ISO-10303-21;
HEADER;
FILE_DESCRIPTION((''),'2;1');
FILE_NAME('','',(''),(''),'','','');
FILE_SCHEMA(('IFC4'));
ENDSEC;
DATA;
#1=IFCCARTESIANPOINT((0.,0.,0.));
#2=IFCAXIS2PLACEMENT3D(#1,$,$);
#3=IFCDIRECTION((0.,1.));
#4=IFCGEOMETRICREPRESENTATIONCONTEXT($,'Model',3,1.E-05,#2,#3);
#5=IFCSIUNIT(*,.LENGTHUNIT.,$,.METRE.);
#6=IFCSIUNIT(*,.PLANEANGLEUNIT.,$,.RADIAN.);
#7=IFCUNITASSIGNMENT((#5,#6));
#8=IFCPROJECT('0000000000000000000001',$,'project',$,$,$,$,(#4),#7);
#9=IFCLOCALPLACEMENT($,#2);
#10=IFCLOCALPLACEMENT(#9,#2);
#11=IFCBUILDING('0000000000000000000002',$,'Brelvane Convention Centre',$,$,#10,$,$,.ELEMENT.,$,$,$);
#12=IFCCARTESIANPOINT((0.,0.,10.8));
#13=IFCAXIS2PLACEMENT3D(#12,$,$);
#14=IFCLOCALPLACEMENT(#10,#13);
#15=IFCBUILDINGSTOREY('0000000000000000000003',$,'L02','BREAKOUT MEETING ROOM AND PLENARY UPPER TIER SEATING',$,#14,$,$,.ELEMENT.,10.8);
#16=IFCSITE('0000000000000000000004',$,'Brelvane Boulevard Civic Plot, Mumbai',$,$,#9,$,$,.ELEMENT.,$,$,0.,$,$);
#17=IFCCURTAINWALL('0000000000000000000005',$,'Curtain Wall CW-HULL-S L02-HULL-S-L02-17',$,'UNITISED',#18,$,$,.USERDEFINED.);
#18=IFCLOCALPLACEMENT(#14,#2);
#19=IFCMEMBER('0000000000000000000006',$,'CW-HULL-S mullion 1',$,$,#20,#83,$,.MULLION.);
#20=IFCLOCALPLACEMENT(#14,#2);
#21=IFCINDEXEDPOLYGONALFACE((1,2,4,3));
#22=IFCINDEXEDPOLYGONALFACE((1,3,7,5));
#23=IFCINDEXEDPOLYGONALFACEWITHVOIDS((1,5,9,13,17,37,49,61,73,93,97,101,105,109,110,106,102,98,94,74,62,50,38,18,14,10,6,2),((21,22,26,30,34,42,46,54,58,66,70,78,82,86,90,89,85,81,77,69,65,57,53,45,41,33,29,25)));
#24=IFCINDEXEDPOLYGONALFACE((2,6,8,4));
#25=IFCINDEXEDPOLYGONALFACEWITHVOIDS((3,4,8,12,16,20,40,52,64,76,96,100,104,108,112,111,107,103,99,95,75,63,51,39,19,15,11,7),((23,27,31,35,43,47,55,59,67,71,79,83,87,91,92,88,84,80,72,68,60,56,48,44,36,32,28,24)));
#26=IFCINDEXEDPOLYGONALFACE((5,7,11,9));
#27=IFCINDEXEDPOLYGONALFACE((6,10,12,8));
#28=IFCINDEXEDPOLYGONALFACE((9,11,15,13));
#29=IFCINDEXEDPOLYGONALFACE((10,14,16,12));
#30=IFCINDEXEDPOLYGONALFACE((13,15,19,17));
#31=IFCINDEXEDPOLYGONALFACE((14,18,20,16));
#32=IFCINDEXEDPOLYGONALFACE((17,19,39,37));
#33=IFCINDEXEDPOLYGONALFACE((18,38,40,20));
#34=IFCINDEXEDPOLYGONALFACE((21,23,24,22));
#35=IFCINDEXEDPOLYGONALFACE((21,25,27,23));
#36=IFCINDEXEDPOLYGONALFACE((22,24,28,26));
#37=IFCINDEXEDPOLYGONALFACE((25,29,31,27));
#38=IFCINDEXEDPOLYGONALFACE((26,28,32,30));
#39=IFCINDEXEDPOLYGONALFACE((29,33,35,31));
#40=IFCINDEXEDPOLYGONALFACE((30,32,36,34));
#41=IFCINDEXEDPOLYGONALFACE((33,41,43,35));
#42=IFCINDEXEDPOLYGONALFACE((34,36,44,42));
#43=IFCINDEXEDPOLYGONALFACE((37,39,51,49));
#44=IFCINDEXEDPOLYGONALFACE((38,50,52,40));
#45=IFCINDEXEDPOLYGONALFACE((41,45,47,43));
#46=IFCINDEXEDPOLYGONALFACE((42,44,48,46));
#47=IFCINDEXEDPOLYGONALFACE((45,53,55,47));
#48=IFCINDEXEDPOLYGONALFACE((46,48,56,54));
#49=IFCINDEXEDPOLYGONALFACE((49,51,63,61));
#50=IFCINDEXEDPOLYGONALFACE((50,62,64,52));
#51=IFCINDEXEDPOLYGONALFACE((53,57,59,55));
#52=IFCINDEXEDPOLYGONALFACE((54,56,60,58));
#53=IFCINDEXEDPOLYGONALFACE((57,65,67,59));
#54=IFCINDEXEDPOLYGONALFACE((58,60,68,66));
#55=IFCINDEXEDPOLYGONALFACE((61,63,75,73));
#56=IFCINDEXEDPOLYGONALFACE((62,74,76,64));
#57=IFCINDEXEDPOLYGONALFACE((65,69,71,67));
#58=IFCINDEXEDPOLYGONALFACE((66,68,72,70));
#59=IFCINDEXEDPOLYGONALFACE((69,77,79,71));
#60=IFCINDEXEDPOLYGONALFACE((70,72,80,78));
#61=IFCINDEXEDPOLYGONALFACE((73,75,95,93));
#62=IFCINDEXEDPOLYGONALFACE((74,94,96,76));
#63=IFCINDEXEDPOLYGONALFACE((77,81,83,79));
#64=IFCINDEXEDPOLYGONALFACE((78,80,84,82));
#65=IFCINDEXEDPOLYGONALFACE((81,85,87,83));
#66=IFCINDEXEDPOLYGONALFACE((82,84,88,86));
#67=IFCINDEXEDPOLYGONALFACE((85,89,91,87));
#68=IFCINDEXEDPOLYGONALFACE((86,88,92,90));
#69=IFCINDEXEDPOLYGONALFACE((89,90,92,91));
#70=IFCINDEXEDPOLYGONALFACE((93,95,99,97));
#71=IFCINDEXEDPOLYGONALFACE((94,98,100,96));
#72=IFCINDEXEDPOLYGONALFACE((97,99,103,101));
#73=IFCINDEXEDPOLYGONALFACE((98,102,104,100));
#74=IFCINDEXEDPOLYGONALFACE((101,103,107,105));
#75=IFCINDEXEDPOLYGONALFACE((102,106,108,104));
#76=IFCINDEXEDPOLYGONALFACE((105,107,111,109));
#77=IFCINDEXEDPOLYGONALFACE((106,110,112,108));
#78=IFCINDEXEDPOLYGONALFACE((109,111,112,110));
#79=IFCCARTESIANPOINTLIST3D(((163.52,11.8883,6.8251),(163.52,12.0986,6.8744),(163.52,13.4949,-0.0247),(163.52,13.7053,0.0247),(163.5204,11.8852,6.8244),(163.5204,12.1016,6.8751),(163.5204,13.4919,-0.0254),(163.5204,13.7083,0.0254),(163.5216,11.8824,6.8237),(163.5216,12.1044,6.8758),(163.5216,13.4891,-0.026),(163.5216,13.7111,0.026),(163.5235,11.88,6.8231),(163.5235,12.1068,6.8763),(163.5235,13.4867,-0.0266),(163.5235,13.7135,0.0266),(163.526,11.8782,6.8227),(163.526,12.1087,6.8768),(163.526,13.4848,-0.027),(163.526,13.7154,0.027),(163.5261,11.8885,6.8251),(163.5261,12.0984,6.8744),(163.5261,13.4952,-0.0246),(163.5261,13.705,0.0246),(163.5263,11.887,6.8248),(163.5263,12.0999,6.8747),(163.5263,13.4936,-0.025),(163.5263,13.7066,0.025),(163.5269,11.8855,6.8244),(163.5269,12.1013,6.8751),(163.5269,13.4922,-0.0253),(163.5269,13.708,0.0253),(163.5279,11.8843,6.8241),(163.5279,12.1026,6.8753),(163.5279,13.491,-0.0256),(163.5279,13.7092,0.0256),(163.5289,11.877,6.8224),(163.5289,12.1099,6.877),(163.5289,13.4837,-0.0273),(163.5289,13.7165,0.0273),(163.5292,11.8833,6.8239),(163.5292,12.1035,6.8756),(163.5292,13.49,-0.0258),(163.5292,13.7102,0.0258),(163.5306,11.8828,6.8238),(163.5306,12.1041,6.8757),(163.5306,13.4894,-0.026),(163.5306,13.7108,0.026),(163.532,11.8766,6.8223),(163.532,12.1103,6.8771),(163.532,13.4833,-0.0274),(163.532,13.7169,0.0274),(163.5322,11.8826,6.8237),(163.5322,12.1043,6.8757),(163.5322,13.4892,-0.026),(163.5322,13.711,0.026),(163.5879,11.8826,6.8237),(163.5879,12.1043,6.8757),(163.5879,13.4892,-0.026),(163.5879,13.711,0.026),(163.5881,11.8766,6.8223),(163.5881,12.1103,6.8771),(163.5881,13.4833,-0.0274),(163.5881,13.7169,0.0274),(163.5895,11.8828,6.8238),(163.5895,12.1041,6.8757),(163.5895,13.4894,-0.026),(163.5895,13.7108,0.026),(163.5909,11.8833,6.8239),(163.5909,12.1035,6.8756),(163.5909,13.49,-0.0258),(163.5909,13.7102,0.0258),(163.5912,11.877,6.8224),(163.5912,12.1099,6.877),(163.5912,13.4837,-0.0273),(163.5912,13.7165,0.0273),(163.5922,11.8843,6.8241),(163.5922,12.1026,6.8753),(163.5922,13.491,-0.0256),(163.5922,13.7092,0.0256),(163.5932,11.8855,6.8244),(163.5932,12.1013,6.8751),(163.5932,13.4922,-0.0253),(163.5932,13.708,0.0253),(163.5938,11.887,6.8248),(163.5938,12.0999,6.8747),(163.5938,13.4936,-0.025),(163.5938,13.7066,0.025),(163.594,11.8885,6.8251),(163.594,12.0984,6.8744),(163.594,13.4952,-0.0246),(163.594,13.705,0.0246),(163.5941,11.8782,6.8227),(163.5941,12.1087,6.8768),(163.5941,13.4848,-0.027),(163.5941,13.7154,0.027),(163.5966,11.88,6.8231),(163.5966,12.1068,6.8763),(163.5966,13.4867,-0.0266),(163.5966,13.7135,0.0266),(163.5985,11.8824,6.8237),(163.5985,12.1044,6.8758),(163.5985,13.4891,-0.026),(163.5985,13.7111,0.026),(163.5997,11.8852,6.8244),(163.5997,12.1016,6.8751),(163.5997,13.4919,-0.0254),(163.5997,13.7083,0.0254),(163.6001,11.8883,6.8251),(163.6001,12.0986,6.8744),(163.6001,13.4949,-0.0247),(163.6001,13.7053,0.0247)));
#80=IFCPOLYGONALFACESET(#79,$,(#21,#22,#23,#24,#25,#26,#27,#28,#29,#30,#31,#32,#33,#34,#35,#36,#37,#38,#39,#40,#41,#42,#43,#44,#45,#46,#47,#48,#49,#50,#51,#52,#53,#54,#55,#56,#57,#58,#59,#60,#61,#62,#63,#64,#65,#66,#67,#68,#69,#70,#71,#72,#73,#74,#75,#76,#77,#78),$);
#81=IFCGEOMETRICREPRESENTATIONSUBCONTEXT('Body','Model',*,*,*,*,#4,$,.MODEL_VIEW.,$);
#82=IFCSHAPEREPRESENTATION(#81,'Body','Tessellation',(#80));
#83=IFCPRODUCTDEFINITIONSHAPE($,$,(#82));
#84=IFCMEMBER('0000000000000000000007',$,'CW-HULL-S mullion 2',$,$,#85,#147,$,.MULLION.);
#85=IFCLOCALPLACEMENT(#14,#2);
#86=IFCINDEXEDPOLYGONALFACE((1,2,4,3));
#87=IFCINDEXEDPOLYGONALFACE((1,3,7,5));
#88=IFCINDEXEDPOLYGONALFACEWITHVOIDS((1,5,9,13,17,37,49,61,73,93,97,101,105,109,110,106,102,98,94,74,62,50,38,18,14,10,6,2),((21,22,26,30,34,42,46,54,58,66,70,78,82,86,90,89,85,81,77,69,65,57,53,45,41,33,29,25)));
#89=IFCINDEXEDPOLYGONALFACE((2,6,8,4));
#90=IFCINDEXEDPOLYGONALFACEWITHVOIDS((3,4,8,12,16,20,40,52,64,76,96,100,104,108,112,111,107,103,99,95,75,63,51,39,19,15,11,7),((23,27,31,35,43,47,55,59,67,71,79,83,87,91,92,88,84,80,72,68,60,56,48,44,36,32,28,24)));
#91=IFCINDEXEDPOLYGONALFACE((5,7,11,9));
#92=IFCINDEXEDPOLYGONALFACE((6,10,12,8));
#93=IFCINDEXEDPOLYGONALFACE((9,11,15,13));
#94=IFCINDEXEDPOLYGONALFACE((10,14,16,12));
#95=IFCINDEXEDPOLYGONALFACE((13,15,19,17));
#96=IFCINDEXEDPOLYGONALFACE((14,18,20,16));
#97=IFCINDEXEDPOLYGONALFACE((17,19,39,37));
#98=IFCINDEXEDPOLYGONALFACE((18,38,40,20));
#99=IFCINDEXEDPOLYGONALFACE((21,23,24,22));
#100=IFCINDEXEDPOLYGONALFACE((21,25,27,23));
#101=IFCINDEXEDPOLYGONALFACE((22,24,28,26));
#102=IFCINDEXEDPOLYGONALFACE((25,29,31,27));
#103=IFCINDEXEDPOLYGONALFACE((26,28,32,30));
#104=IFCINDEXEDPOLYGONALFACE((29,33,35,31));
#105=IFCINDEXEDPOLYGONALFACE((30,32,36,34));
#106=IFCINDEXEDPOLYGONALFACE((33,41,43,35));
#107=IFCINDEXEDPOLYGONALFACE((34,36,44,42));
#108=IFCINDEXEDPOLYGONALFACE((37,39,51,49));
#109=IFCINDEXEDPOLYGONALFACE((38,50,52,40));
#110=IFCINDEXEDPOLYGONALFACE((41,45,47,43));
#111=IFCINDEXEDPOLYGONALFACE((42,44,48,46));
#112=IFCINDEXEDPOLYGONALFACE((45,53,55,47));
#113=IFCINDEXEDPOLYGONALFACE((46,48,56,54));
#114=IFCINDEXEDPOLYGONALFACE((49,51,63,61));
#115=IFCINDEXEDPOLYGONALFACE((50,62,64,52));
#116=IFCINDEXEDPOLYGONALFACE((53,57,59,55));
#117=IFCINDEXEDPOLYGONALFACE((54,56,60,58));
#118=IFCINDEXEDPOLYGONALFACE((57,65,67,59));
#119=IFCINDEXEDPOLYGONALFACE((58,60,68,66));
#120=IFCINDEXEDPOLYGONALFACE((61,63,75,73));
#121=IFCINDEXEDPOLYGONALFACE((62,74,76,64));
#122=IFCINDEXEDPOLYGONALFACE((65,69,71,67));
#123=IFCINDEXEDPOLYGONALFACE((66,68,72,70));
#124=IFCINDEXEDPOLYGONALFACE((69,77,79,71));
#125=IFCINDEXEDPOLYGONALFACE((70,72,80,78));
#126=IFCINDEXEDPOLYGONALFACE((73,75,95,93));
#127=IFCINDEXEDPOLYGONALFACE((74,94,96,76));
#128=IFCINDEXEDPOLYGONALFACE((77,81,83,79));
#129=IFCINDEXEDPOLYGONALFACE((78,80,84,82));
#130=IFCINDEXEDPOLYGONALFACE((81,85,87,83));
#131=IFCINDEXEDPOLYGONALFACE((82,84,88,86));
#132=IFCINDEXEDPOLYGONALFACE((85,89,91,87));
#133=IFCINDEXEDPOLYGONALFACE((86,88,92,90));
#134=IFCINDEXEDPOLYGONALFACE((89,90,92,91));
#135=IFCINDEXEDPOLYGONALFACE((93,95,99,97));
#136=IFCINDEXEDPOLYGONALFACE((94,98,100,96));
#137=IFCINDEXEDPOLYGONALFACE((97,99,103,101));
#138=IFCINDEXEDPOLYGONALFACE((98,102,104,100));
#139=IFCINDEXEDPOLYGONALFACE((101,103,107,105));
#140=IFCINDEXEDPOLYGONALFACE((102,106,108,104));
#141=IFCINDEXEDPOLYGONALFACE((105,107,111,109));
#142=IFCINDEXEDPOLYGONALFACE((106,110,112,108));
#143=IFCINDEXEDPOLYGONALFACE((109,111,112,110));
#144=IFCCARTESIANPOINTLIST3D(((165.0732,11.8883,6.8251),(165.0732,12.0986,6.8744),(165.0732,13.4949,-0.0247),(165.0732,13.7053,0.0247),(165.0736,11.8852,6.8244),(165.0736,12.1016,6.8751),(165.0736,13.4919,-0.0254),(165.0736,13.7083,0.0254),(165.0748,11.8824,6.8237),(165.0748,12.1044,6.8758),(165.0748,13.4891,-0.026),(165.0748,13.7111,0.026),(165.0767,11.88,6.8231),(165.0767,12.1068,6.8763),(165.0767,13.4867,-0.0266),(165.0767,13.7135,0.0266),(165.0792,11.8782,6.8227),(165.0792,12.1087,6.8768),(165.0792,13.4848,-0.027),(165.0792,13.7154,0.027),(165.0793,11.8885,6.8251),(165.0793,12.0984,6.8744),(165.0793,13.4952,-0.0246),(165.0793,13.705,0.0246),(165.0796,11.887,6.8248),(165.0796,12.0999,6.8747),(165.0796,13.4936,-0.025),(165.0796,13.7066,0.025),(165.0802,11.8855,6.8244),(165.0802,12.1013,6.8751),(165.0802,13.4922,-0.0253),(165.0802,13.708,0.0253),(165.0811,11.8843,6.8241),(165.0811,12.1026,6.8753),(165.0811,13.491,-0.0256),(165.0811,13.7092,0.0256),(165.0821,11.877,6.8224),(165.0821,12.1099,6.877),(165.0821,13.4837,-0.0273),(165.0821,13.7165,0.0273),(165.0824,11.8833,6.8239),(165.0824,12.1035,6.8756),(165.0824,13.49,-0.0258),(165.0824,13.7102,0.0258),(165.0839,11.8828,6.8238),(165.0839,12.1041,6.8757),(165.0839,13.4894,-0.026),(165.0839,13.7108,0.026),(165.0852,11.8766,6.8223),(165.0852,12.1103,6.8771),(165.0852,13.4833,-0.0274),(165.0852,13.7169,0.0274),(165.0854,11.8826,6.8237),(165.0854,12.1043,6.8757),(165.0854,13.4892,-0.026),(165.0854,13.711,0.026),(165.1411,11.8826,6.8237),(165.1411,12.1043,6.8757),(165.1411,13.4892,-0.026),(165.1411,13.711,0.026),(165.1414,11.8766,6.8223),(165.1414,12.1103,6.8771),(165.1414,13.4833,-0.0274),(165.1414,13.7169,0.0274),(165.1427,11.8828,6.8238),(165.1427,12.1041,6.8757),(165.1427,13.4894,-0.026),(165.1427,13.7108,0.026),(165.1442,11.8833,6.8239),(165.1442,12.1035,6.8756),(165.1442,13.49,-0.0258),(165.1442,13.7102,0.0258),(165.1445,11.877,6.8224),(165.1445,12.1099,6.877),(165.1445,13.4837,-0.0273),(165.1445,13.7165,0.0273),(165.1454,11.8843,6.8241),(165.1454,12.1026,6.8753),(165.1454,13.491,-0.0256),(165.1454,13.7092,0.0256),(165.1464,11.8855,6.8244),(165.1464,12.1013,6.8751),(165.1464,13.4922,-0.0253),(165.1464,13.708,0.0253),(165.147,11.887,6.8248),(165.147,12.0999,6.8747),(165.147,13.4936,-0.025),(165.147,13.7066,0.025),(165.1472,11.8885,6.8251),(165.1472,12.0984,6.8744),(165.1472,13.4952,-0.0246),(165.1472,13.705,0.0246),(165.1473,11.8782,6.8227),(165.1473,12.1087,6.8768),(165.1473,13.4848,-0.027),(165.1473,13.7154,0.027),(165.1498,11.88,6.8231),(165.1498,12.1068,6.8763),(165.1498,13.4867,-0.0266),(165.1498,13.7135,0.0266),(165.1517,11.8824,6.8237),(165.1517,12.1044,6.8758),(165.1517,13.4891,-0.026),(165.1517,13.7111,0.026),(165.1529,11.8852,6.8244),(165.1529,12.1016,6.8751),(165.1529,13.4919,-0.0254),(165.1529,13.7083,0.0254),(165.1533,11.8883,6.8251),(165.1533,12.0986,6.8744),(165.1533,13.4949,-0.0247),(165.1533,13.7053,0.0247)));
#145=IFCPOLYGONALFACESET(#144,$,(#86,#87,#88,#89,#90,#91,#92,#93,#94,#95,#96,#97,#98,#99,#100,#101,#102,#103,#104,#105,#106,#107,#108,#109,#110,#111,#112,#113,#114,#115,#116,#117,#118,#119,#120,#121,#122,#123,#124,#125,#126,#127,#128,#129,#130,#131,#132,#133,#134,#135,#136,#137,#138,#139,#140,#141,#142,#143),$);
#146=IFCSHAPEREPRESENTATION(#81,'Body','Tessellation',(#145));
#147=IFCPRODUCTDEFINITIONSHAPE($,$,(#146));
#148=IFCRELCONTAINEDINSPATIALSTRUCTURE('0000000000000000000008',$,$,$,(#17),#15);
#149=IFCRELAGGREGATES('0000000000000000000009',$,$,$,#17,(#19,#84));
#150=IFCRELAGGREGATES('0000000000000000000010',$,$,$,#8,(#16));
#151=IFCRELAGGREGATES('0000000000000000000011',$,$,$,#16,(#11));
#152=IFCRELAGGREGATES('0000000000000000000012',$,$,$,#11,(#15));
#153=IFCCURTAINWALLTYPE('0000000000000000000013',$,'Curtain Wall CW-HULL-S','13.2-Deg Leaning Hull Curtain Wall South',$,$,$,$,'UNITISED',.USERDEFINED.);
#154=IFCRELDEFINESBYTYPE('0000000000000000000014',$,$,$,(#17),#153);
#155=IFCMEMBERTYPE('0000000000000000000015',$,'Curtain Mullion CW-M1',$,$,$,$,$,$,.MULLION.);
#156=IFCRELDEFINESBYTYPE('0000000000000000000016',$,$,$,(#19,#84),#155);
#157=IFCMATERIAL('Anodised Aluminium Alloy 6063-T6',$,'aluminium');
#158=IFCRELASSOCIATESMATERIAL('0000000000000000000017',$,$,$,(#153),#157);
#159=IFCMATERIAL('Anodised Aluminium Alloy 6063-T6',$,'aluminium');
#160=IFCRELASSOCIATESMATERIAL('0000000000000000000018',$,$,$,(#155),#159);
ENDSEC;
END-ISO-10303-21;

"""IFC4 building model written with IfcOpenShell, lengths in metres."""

from ifc_helpers import new_model, si_unit, direction, frame, origin, origin_2d, place, context, subcontext, project, spatial, hollow_rectangle, extrude, material, material_profile, profile_set, type_object, element, aggregate, save


model = new_model("IFC4")

# Units and contexts
model_context = context("Model", 3, precision=1e-05, world=origin(), true_north=direction((0.0, 1.0)))
body_context = subcontext(model_context, "Body", "Model", "MODEL_VIEW")
ifc_project = project(units=[si_unit("LENGTHUNIT", "METRE"), si_unit("PLANEANGLEUNIT", "RADIAN")], contexts=[model_context])

# Site, building, storey
site_placement = place(None, origin())
site = spatial("IfcSite", under=ifc_project, at=site_placement, Name="Brelvane Boulevard Civic Plot, Mumbai", CompositionType="ELEMENT", RefElevation=0.0)
building_placement = place(site_placement, origin())
building = spatial("IfcBuilding", under=site, at=building_placement, Name="Brelvane Convention Centre", CompositionType="ELEMENT")
storey_placement = place(building_placement, frame((0.0, 0.0, 10.8)))
storey = spatial("IfcBuildingStorey", under=building, at=storey_placement, Name="L02", Description="BREAKOUT MEETING ROOM AND PLENARY UPPER TIER SEATING", CompositionType="ELEMENT", Elevation=10.8)

# Curtain wall, members
ifc_material_1 = material(Name="Anodised Aluminium Alloy 6063-T6", Category="aluminium")
curtain_wall_type = type_object("IfcCurtainWallType", Name="Curtain Wall CW-HULL-S", Description="13.2-Deg Leaning Hull Curtain Wall South", ElementType="UNITISED", PredefinedType="USERDEFINED", material=ifc_material_1)
ifc_material_2 = material(Name="Anodised Aluminium Alloy 6063-T6", Category="aluminium")
ifc_material_profile_1 = material_profile(ifc_material_2, hollow_rectangle(XDim=0.0801, YDim=0.24, WallThickness=0.0061, InnerFilletRadius=0.0061, OuterFilletRadius=0.012, at=origin_2d()), Name="ALU-M 240x80x6.0")
ifc_profile_set_1 = profile_set([ifc_material_profile_1], Name="Anodised Aluminium Alloy 6063-T6")
member_type_1 = type_object("IfcMemberType", Name="Curtain Mullion CW-M1", PredefinedType="MULLION", material=ifc_profile_set_1)
curtain_wall_1_placement = place(storey_placement, origin())
curtain_wall_1 = element("IfcCurtainWall", 1, at=curtain_wall_1_placement, inside=storey, type_object=curtain_wall_type, Name="Curtain Wall CW-HULL-S L02-HULL-S-L02-17", ObjectType="UNITISED", PredefinedType="USERDEFINED")
member_1_placement = place(storey_placement, frame((163.5601, 13.6001, 0.0), z_axis=(0.0, -0.22836, 0.973577), x_axis=(1.0, 0.0, 0.0)))
member_1 = element("IfcMember", 2, at=member_1_placement, type_object=member_type_1, Name="CW-HULL-S mullion 1", PredefinedType="MULLION", context=body_context, shape_type="SweptSolid", body=[
    extrude(hollow_rectangle(XDim=0.0801, YDim=0.24, WallThickness=0.0061, InnerFilletRadius=0.0061, OuterFilletRadius=0.012, at=origin_2d()), origin(), (0.0, 0.0, 1.0), 7.0356),
])
member_2_placement = place(storey_placement, frame((165.1133, 13.6001, 0.0), z_axis=(0.0, -0.22836, 0.973577), x_axis=(1.0, 0.0, 0.0)))
member_2 = element("IfcMember", 3, at=member_2_placement, type_object=member_type_1, Name="CW-HULL-S mullion 2", PredefinedType="MULLION", context=body_context, shape_type="SweptSolid", body=[
    extrude(hollow_rectangle(XDim=0.0801, YDim=0.24, WallThickness=0.0061, InnerFilletRadius=0.0061, OuterFilletRadius=0.012, at=origin_2d()), origin(), (0.0, 0.0, 1.0), 7.0356),
])

aggregate(curtain_wall_1, [member_1, member_2])

save(model, "model.ifc")
